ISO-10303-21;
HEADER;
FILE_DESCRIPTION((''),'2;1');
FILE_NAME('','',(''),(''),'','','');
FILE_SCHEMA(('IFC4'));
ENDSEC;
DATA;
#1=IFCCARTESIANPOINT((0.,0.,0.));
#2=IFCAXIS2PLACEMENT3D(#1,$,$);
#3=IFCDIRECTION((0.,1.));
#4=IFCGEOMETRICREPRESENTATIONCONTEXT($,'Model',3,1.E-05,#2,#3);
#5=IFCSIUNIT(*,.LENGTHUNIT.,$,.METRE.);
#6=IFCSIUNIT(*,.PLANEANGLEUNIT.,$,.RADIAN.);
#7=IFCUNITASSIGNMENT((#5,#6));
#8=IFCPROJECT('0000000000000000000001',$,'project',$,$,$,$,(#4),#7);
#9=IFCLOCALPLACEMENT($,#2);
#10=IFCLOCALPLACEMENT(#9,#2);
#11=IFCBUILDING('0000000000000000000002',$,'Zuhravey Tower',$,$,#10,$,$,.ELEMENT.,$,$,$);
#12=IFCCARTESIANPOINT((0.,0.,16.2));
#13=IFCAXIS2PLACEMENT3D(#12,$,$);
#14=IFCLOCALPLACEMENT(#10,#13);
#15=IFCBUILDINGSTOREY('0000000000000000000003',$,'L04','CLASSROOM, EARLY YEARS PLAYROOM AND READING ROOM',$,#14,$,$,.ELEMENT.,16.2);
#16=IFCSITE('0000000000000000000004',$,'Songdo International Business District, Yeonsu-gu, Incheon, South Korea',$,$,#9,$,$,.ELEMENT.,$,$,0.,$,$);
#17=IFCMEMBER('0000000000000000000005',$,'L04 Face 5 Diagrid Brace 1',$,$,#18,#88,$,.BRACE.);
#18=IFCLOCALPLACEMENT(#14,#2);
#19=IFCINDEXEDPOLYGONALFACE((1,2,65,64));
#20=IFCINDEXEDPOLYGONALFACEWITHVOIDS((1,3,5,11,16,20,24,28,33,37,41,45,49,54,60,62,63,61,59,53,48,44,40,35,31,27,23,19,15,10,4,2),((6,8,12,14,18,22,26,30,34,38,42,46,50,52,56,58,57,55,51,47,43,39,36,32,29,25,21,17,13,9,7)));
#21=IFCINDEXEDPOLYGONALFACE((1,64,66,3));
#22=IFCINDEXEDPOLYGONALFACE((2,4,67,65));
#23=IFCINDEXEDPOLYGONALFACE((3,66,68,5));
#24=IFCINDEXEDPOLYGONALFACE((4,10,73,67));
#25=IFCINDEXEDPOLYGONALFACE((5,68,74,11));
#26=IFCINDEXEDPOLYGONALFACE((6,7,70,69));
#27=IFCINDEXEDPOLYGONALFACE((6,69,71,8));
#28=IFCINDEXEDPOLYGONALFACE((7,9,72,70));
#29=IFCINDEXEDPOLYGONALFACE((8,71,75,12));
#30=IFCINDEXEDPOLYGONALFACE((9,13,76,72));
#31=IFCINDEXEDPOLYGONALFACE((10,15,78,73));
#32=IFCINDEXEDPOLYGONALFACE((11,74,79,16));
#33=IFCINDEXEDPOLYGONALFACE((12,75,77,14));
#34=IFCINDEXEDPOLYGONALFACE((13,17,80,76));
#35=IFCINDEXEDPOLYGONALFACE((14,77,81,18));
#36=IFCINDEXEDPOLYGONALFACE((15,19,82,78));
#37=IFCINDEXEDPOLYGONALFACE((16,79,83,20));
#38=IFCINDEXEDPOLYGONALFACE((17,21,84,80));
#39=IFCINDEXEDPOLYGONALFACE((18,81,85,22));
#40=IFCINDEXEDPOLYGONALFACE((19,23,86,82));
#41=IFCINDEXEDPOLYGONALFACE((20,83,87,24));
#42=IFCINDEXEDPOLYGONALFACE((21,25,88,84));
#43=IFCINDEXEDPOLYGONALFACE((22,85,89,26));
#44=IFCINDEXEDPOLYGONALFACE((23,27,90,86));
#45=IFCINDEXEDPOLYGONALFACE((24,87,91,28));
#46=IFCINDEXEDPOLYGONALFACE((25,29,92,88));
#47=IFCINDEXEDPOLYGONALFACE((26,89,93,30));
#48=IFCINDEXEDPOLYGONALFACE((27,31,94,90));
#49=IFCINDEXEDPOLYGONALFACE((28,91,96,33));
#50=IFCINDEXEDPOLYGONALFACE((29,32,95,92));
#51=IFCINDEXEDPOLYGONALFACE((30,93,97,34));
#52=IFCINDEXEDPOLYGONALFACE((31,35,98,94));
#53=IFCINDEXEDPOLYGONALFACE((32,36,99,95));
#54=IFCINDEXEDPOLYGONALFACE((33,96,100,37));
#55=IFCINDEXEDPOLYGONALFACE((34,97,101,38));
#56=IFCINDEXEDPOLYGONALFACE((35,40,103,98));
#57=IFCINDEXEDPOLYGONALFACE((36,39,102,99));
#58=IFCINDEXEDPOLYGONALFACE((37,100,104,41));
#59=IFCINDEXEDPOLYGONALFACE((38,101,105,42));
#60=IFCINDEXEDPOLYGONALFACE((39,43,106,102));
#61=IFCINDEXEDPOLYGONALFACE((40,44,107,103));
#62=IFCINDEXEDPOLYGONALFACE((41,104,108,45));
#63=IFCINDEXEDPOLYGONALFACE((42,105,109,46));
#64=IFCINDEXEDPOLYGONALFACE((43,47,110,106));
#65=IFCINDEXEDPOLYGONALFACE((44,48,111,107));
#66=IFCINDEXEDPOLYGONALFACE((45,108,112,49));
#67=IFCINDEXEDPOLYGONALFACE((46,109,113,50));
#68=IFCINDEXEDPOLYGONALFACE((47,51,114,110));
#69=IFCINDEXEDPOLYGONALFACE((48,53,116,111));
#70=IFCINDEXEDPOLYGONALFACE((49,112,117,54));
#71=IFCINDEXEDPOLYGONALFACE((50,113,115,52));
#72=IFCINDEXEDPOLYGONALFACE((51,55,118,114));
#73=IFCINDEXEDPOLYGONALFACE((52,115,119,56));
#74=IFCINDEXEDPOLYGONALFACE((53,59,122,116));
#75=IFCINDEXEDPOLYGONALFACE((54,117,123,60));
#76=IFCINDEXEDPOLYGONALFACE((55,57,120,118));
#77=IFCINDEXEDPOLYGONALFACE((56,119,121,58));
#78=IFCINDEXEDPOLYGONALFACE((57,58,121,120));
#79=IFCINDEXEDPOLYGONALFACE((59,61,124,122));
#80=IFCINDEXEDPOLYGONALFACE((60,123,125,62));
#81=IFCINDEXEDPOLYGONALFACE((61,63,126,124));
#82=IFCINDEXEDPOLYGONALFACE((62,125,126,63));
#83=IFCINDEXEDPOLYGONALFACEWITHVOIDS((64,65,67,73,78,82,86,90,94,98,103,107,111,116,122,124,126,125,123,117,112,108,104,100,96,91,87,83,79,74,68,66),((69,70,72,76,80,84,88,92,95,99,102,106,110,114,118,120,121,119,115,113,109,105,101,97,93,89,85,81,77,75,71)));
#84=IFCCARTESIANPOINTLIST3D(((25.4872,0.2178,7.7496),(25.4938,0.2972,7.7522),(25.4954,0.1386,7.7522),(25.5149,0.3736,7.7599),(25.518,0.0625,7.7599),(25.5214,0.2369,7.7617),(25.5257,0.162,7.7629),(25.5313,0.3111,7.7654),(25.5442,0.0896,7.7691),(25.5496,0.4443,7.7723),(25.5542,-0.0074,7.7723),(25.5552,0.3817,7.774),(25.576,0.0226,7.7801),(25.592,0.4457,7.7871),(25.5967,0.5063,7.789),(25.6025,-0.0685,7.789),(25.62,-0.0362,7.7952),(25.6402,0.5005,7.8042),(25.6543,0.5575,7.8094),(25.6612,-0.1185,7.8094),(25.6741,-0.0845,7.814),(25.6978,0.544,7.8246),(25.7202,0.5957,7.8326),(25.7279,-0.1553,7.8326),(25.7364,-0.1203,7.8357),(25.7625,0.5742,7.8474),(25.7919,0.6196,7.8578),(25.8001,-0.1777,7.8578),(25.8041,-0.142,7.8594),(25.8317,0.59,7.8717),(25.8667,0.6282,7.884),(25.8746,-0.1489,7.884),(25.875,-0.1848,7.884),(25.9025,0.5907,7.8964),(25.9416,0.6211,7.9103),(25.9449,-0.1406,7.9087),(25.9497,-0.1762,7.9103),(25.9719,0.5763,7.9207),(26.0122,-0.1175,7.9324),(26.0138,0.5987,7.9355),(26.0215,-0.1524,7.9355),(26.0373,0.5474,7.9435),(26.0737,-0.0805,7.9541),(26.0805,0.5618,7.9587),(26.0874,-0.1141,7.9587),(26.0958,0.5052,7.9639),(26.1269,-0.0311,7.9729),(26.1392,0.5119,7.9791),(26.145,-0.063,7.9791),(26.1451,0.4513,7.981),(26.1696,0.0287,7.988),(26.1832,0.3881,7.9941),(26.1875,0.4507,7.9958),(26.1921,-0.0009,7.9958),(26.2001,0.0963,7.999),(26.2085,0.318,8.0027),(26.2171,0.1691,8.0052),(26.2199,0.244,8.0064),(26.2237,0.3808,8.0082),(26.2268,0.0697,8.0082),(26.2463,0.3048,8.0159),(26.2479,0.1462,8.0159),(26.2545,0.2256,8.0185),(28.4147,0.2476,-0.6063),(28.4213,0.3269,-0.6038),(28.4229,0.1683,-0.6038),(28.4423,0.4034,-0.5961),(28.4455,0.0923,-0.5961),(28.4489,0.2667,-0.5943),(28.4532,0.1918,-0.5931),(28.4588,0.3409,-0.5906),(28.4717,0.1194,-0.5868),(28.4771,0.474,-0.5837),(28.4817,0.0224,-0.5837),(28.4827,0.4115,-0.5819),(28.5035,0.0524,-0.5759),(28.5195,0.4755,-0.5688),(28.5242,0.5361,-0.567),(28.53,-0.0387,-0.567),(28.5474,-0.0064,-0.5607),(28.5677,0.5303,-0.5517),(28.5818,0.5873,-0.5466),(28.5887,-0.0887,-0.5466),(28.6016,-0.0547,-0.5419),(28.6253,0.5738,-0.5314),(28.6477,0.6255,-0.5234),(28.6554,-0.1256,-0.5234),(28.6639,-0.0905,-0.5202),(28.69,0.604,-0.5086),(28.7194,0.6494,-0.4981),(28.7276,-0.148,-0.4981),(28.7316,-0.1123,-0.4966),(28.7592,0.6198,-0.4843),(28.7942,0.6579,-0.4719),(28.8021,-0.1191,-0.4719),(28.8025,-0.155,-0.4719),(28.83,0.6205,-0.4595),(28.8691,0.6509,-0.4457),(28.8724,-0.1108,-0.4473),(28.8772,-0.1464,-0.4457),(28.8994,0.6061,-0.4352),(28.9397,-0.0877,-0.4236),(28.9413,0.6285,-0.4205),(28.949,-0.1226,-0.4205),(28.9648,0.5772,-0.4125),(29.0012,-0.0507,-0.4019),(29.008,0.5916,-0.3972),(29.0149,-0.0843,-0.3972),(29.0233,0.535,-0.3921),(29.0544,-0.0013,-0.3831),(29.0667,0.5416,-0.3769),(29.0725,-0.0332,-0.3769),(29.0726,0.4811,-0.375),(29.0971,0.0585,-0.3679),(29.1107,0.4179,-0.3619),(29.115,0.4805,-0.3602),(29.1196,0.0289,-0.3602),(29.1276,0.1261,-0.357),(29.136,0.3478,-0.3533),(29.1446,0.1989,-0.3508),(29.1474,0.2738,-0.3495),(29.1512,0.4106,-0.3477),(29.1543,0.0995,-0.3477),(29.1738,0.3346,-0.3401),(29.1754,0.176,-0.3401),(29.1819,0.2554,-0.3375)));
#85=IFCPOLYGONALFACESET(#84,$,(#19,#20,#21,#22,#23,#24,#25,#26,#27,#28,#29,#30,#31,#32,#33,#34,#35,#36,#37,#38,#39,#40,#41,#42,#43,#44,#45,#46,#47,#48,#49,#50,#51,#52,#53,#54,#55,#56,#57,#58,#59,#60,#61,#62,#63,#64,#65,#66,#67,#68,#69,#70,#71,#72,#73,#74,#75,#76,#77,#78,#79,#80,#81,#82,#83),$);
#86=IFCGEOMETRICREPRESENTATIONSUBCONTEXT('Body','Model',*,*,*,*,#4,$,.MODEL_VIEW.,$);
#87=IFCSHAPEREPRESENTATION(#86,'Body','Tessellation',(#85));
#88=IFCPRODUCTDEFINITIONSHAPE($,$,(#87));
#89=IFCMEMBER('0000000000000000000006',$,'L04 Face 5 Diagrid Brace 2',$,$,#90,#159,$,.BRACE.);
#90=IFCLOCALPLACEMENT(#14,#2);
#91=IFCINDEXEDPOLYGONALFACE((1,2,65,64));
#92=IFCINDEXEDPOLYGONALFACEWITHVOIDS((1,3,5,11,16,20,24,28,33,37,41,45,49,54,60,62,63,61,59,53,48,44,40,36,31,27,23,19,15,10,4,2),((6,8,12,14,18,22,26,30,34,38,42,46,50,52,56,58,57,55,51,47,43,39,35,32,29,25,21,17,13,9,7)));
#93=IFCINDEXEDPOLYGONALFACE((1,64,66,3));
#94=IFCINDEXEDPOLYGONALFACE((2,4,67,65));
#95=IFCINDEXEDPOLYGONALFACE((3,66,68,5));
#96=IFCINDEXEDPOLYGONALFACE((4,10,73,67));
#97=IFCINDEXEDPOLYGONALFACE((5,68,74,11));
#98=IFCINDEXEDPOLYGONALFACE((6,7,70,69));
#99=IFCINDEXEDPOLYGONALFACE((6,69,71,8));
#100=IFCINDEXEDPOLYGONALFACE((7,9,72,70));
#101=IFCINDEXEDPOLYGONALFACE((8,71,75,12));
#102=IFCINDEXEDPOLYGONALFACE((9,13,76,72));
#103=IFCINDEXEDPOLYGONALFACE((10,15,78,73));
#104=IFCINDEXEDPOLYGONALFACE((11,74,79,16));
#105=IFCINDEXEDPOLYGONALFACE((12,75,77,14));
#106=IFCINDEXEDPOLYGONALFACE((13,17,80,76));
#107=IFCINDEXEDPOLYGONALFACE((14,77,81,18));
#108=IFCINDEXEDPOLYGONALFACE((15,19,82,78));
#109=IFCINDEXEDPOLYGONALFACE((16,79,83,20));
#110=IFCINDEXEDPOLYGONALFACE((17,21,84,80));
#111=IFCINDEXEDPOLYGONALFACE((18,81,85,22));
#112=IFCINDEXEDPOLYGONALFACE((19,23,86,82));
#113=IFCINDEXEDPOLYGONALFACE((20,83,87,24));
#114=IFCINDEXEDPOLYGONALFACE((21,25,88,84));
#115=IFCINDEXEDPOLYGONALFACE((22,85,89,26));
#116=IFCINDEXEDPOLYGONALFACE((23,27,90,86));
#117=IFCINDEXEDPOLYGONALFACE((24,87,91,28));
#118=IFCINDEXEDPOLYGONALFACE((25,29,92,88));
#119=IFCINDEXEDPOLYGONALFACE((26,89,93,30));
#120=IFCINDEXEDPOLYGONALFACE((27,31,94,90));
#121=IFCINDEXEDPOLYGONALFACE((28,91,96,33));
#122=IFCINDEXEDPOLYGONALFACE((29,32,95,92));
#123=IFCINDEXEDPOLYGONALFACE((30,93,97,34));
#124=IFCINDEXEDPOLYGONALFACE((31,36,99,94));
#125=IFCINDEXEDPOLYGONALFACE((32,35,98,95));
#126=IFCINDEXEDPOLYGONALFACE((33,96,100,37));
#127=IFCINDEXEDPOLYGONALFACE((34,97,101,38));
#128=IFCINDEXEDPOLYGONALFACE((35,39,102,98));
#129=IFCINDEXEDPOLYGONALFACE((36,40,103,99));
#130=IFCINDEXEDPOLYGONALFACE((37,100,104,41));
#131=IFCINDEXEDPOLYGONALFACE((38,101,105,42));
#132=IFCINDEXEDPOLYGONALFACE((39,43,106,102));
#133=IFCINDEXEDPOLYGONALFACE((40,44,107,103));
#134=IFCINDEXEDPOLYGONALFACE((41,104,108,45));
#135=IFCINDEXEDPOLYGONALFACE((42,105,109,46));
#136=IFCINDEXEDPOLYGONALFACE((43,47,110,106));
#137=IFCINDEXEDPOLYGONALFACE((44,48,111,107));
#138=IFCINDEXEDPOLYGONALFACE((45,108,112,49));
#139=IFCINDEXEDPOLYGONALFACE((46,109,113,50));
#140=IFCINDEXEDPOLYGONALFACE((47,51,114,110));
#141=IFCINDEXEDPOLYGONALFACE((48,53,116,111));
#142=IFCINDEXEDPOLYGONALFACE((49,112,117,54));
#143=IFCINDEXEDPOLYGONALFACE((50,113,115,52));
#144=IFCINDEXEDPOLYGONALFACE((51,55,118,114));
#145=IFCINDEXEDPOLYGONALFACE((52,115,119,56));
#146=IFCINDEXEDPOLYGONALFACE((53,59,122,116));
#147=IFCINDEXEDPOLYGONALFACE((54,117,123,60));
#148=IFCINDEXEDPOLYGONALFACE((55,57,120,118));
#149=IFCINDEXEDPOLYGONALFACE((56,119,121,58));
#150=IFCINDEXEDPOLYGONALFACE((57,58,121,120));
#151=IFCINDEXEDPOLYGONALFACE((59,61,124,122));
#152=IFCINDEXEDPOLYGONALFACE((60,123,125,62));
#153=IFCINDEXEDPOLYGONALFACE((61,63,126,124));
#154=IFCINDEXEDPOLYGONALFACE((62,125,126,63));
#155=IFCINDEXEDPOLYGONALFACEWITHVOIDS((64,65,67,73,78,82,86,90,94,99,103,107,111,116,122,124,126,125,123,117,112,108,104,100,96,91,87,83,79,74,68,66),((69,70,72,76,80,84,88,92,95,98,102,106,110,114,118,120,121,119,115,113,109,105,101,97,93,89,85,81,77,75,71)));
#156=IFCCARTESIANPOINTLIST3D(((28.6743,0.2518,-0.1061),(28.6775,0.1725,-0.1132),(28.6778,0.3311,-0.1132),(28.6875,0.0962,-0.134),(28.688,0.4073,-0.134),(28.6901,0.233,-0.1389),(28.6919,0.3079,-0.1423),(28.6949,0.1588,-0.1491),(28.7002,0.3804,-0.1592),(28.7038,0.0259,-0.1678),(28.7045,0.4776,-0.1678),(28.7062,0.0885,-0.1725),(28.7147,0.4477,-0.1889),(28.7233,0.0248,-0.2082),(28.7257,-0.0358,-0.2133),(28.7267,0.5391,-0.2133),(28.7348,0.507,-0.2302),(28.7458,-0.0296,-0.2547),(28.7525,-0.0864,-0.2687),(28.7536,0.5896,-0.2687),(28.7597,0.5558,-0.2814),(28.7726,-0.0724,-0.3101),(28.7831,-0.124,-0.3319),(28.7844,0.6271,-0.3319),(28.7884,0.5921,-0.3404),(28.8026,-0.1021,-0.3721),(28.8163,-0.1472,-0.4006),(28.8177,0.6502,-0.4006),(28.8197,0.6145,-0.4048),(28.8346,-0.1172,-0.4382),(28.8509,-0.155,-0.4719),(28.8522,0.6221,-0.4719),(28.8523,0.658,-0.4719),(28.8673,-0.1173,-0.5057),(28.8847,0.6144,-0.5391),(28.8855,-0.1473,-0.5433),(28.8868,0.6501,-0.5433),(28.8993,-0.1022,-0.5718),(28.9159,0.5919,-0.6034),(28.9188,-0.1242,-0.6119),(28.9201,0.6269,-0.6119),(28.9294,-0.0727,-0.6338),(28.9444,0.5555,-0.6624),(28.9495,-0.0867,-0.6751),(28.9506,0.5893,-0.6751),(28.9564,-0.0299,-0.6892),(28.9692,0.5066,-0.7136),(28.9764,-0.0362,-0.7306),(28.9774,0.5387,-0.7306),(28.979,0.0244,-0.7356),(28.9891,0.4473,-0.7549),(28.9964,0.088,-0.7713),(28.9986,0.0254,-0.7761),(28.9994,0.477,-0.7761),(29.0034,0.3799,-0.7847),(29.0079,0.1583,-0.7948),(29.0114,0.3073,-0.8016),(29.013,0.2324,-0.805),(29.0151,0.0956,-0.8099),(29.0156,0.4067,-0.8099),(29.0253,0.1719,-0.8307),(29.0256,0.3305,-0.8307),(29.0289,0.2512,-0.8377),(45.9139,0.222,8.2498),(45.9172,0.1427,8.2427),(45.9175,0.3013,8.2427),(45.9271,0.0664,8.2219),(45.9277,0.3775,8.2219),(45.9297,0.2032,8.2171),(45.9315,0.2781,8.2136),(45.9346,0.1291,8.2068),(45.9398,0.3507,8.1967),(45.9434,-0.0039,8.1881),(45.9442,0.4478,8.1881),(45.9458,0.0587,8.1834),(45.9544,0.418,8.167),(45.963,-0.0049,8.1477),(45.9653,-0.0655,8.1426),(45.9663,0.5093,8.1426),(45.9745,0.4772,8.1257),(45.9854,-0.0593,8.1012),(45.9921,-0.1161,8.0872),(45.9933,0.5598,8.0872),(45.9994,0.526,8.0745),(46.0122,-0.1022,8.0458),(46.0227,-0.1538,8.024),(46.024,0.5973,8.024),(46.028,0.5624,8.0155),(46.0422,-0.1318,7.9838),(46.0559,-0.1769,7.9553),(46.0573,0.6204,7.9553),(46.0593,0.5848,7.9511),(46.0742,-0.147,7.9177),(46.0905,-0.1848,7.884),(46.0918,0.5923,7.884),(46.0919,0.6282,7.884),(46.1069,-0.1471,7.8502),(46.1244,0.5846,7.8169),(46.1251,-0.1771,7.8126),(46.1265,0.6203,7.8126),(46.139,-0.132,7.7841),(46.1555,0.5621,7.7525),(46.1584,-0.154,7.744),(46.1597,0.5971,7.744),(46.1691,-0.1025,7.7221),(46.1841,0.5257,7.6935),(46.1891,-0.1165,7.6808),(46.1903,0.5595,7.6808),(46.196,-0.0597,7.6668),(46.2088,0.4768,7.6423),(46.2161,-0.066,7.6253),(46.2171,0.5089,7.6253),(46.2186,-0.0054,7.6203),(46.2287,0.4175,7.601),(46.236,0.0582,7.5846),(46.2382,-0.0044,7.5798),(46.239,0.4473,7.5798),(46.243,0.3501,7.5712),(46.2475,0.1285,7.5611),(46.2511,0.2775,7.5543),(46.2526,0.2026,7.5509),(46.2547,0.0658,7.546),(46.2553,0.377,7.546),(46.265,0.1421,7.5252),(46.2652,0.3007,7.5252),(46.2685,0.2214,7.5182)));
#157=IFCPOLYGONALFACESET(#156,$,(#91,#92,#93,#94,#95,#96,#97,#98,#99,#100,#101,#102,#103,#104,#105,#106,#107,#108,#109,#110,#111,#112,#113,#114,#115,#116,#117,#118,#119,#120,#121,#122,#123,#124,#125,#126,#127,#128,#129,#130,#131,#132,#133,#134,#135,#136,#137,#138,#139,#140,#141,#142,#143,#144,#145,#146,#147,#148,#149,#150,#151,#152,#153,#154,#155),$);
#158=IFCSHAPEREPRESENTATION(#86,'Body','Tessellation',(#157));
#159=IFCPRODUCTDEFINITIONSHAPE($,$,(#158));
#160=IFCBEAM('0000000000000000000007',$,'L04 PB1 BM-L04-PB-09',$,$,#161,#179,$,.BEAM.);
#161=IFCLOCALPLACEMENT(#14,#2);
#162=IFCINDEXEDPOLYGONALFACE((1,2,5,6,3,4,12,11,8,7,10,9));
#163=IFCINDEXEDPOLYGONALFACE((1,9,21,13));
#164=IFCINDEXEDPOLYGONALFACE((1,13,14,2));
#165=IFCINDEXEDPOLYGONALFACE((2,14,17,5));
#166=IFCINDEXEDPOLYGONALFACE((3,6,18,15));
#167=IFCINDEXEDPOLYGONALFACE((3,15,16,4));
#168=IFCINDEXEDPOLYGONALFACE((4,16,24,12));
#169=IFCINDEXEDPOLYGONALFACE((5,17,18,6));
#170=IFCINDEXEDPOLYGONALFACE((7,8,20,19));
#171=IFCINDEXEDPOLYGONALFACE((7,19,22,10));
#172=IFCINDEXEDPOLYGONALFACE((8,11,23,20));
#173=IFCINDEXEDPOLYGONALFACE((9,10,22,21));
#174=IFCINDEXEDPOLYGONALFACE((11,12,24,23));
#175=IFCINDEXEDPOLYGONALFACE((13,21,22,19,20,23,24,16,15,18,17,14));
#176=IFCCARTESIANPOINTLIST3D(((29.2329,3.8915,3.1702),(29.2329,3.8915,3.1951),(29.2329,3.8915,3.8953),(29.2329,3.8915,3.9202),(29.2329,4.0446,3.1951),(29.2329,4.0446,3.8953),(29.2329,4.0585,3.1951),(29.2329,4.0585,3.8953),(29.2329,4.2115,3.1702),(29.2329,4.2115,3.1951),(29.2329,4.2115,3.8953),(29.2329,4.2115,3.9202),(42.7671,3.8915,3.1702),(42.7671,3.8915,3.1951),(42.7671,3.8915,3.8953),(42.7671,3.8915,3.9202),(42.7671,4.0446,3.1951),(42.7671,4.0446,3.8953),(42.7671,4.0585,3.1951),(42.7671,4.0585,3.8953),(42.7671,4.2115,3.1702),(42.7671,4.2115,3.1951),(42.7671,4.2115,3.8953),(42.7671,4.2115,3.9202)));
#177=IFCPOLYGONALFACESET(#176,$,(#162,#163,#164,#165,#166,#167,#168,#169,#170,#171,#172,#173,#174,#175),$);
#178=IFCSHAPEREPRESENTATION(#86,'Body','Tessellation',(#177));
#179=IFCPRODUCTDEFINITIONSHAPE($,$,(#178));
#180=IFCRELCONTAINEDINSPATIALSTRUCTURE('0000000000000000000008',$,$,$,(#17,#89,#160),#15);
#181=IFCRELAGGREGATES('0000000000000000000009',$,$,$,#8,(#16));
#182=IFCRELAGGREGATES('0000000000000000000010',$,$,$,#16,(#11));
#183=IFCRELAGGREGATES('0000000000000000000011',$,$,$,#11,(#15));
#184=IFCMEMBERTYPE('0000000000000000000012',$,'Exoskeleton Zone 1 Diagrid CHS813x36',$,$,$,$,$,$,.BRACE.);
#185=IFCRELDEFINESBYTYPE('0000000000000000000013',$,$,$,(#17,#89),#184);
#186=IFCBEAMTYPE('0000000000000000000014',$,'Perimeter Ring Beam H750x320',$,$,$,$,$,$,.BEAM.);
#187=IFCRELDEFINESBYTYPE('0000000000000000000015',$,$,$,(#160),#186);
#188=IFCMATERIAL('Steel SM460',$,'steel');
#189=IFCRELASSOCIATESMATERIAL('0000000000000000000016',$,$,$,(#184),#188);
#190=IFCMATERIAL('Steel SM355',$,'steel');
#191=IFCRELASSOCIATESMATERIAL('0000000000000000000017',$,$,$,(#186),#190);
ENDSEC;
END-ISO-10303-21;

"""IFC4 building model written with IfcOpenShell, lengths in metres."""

from ifc_helpers import new_model, si_unit, direction, frame, origin, origin_2d, place, context, subcontext, project, spatial, hollow_circle, i_section, extrude, material, material_profile, profile_set, type_object, element, save


model = new_model("IFC4")

# Units and contexts
model_context = context("Model", 3, precision=1e-05, world=origin(), true_north=direction((0.0, 1.0)))
body_context = subcontext(model_context, "Body", "Model", "MODEL_VIEW")
ifc_project = project(units=[si_unit("LENGTHUNIT", "METRE"), si_unit("PLANEANGLEUNIT", "RADIAN")], contexts=[model_context])

# Site, building, storey
site_placement = place(None, origin())
site = spatial("IfcSite", under=ifc_project, at=site_placement, Name="Songdo International Business District, Yeonsu-gu, Incheon, South Korea", CompositionType="ELEMENT", RefElevation=0.0)
building_placement = place(site_placement, origin())
building = spatial("IfcBuilding", under=site, at=building_placement, Name="Zuhravey Tower", CompositionType="ELEMENT")
storey_placement = place(building_placement, frame((0.0, 0.0, 16.2)))
storey = spatial("IfcBuildingStorey", under=building, at=storey_placement, Name="L04", Description="CLASSROOM, EARLY YEARS PLAYROOM AND READING ROOM", CompositionType="ELEMENT", Elevation=16.2)

# Members
ifc_material_1 = material(Name="Steel SM355", Category="steel")
ifc_material_2 = material(Name="Steel SM460", Category="steel")
ifc_material_profile_1 = material_profile(ifc_material_2, hollow_circle(Radius=0.4065, WallThickness=0.0359, at=origin_2d()), Name="CHS-812.8x36")
ifc_profile_set_1 = profile_set([ifc_material_profile_1], Name="Steel SM460")
member_type_1 = type_object("IfcMemberType", Name="Exoskeleton Zone 1 Diagrid CHS813x36", PredefinedType="BRACE", material=ifc_profile_set_1)
member_1_placement = place(storey_placement, frame((28.7983, 0.2515, -0.4719), z_axis=(-0.330641, -0.003364, 0.943751), x_axis=(0.010174, -0.999948, 0.0)))
element("IfcMember", 1, at=member_1_placement, inside=storey, type_object=member_type_1, Name="L04 Face 5 Diagrid Brace 1", PredefinedType="BRACE", context=body_context, shape_type="SweptSolid", body=[
    extrude(hollow_circle(Radius=0.4065, WallThickness=0.0359, at=origin_2d()), origin(), (0.0, 0.0, 1.0), 8.854),
])
member_2_placement = place(storey_placement, frame((28.8516, 0.2515, -0.4719), z_axis=(0.899868, -0.001555, 0.436159), x_axis=(0.001728, 0.999999, 0.0)))
element("IfcMember", 2, at=member_2_placement, inside=storey, type_object=member_type_1, Name="L04 Face 5 Diagrid Brace 2", PredefinedType="BRACE", context=body_context, shape_type="SweptSolid", body=[
    extrude(hollow_circle(Radius=0.4065, WallThickness=0.0359, at=origin_2d()), origin(), (0.0, 0.0, 1.0), 19.158),
])

# Beam
ifc_material_profile_2 = material_profile(ifc_material_1, i_section(OverallWidth=0.3201, OverallDepth=0.75, WebThickness=0.0139, FlangeThickness=0.0249, at=origin_2d()), Name="H-750x320x14x25")
ifc_profile_set_2 = profile_set([ifc_material_profile_2], Name="Steel SM355")
beam_type_1 = type_object("IfcBeamType", Name="Perimeter Ring Beam H750x320", PredefinedType="BEAM", material=ifc_profile_set_2)
beam_1_placement = place(storey_placement, frame((29.2329, 4.0515, 3.5452), z_axis=(1.0, 0.0, 0.0), x_axis=(0.0, 1.0, 0.0)))
element("IfcBeam", 3, at=beam_1_placement, inside=storey, type_object=beam_type_1, Name="L04 PB1 BM-L04-PB-09", PredefinedType="BEAM", context=body_context, shape_type="SweptSolid", body=[
    extrude(i_section(OverallWidth=0.3201, OverallDepth=0.75, WebThickness=0.0139, FlangeThickness=0.0249, at=origin_2d()), origin(), (0.0, 0.0, 1.0), 13.5342),
])

save(model, "model.ifc")
